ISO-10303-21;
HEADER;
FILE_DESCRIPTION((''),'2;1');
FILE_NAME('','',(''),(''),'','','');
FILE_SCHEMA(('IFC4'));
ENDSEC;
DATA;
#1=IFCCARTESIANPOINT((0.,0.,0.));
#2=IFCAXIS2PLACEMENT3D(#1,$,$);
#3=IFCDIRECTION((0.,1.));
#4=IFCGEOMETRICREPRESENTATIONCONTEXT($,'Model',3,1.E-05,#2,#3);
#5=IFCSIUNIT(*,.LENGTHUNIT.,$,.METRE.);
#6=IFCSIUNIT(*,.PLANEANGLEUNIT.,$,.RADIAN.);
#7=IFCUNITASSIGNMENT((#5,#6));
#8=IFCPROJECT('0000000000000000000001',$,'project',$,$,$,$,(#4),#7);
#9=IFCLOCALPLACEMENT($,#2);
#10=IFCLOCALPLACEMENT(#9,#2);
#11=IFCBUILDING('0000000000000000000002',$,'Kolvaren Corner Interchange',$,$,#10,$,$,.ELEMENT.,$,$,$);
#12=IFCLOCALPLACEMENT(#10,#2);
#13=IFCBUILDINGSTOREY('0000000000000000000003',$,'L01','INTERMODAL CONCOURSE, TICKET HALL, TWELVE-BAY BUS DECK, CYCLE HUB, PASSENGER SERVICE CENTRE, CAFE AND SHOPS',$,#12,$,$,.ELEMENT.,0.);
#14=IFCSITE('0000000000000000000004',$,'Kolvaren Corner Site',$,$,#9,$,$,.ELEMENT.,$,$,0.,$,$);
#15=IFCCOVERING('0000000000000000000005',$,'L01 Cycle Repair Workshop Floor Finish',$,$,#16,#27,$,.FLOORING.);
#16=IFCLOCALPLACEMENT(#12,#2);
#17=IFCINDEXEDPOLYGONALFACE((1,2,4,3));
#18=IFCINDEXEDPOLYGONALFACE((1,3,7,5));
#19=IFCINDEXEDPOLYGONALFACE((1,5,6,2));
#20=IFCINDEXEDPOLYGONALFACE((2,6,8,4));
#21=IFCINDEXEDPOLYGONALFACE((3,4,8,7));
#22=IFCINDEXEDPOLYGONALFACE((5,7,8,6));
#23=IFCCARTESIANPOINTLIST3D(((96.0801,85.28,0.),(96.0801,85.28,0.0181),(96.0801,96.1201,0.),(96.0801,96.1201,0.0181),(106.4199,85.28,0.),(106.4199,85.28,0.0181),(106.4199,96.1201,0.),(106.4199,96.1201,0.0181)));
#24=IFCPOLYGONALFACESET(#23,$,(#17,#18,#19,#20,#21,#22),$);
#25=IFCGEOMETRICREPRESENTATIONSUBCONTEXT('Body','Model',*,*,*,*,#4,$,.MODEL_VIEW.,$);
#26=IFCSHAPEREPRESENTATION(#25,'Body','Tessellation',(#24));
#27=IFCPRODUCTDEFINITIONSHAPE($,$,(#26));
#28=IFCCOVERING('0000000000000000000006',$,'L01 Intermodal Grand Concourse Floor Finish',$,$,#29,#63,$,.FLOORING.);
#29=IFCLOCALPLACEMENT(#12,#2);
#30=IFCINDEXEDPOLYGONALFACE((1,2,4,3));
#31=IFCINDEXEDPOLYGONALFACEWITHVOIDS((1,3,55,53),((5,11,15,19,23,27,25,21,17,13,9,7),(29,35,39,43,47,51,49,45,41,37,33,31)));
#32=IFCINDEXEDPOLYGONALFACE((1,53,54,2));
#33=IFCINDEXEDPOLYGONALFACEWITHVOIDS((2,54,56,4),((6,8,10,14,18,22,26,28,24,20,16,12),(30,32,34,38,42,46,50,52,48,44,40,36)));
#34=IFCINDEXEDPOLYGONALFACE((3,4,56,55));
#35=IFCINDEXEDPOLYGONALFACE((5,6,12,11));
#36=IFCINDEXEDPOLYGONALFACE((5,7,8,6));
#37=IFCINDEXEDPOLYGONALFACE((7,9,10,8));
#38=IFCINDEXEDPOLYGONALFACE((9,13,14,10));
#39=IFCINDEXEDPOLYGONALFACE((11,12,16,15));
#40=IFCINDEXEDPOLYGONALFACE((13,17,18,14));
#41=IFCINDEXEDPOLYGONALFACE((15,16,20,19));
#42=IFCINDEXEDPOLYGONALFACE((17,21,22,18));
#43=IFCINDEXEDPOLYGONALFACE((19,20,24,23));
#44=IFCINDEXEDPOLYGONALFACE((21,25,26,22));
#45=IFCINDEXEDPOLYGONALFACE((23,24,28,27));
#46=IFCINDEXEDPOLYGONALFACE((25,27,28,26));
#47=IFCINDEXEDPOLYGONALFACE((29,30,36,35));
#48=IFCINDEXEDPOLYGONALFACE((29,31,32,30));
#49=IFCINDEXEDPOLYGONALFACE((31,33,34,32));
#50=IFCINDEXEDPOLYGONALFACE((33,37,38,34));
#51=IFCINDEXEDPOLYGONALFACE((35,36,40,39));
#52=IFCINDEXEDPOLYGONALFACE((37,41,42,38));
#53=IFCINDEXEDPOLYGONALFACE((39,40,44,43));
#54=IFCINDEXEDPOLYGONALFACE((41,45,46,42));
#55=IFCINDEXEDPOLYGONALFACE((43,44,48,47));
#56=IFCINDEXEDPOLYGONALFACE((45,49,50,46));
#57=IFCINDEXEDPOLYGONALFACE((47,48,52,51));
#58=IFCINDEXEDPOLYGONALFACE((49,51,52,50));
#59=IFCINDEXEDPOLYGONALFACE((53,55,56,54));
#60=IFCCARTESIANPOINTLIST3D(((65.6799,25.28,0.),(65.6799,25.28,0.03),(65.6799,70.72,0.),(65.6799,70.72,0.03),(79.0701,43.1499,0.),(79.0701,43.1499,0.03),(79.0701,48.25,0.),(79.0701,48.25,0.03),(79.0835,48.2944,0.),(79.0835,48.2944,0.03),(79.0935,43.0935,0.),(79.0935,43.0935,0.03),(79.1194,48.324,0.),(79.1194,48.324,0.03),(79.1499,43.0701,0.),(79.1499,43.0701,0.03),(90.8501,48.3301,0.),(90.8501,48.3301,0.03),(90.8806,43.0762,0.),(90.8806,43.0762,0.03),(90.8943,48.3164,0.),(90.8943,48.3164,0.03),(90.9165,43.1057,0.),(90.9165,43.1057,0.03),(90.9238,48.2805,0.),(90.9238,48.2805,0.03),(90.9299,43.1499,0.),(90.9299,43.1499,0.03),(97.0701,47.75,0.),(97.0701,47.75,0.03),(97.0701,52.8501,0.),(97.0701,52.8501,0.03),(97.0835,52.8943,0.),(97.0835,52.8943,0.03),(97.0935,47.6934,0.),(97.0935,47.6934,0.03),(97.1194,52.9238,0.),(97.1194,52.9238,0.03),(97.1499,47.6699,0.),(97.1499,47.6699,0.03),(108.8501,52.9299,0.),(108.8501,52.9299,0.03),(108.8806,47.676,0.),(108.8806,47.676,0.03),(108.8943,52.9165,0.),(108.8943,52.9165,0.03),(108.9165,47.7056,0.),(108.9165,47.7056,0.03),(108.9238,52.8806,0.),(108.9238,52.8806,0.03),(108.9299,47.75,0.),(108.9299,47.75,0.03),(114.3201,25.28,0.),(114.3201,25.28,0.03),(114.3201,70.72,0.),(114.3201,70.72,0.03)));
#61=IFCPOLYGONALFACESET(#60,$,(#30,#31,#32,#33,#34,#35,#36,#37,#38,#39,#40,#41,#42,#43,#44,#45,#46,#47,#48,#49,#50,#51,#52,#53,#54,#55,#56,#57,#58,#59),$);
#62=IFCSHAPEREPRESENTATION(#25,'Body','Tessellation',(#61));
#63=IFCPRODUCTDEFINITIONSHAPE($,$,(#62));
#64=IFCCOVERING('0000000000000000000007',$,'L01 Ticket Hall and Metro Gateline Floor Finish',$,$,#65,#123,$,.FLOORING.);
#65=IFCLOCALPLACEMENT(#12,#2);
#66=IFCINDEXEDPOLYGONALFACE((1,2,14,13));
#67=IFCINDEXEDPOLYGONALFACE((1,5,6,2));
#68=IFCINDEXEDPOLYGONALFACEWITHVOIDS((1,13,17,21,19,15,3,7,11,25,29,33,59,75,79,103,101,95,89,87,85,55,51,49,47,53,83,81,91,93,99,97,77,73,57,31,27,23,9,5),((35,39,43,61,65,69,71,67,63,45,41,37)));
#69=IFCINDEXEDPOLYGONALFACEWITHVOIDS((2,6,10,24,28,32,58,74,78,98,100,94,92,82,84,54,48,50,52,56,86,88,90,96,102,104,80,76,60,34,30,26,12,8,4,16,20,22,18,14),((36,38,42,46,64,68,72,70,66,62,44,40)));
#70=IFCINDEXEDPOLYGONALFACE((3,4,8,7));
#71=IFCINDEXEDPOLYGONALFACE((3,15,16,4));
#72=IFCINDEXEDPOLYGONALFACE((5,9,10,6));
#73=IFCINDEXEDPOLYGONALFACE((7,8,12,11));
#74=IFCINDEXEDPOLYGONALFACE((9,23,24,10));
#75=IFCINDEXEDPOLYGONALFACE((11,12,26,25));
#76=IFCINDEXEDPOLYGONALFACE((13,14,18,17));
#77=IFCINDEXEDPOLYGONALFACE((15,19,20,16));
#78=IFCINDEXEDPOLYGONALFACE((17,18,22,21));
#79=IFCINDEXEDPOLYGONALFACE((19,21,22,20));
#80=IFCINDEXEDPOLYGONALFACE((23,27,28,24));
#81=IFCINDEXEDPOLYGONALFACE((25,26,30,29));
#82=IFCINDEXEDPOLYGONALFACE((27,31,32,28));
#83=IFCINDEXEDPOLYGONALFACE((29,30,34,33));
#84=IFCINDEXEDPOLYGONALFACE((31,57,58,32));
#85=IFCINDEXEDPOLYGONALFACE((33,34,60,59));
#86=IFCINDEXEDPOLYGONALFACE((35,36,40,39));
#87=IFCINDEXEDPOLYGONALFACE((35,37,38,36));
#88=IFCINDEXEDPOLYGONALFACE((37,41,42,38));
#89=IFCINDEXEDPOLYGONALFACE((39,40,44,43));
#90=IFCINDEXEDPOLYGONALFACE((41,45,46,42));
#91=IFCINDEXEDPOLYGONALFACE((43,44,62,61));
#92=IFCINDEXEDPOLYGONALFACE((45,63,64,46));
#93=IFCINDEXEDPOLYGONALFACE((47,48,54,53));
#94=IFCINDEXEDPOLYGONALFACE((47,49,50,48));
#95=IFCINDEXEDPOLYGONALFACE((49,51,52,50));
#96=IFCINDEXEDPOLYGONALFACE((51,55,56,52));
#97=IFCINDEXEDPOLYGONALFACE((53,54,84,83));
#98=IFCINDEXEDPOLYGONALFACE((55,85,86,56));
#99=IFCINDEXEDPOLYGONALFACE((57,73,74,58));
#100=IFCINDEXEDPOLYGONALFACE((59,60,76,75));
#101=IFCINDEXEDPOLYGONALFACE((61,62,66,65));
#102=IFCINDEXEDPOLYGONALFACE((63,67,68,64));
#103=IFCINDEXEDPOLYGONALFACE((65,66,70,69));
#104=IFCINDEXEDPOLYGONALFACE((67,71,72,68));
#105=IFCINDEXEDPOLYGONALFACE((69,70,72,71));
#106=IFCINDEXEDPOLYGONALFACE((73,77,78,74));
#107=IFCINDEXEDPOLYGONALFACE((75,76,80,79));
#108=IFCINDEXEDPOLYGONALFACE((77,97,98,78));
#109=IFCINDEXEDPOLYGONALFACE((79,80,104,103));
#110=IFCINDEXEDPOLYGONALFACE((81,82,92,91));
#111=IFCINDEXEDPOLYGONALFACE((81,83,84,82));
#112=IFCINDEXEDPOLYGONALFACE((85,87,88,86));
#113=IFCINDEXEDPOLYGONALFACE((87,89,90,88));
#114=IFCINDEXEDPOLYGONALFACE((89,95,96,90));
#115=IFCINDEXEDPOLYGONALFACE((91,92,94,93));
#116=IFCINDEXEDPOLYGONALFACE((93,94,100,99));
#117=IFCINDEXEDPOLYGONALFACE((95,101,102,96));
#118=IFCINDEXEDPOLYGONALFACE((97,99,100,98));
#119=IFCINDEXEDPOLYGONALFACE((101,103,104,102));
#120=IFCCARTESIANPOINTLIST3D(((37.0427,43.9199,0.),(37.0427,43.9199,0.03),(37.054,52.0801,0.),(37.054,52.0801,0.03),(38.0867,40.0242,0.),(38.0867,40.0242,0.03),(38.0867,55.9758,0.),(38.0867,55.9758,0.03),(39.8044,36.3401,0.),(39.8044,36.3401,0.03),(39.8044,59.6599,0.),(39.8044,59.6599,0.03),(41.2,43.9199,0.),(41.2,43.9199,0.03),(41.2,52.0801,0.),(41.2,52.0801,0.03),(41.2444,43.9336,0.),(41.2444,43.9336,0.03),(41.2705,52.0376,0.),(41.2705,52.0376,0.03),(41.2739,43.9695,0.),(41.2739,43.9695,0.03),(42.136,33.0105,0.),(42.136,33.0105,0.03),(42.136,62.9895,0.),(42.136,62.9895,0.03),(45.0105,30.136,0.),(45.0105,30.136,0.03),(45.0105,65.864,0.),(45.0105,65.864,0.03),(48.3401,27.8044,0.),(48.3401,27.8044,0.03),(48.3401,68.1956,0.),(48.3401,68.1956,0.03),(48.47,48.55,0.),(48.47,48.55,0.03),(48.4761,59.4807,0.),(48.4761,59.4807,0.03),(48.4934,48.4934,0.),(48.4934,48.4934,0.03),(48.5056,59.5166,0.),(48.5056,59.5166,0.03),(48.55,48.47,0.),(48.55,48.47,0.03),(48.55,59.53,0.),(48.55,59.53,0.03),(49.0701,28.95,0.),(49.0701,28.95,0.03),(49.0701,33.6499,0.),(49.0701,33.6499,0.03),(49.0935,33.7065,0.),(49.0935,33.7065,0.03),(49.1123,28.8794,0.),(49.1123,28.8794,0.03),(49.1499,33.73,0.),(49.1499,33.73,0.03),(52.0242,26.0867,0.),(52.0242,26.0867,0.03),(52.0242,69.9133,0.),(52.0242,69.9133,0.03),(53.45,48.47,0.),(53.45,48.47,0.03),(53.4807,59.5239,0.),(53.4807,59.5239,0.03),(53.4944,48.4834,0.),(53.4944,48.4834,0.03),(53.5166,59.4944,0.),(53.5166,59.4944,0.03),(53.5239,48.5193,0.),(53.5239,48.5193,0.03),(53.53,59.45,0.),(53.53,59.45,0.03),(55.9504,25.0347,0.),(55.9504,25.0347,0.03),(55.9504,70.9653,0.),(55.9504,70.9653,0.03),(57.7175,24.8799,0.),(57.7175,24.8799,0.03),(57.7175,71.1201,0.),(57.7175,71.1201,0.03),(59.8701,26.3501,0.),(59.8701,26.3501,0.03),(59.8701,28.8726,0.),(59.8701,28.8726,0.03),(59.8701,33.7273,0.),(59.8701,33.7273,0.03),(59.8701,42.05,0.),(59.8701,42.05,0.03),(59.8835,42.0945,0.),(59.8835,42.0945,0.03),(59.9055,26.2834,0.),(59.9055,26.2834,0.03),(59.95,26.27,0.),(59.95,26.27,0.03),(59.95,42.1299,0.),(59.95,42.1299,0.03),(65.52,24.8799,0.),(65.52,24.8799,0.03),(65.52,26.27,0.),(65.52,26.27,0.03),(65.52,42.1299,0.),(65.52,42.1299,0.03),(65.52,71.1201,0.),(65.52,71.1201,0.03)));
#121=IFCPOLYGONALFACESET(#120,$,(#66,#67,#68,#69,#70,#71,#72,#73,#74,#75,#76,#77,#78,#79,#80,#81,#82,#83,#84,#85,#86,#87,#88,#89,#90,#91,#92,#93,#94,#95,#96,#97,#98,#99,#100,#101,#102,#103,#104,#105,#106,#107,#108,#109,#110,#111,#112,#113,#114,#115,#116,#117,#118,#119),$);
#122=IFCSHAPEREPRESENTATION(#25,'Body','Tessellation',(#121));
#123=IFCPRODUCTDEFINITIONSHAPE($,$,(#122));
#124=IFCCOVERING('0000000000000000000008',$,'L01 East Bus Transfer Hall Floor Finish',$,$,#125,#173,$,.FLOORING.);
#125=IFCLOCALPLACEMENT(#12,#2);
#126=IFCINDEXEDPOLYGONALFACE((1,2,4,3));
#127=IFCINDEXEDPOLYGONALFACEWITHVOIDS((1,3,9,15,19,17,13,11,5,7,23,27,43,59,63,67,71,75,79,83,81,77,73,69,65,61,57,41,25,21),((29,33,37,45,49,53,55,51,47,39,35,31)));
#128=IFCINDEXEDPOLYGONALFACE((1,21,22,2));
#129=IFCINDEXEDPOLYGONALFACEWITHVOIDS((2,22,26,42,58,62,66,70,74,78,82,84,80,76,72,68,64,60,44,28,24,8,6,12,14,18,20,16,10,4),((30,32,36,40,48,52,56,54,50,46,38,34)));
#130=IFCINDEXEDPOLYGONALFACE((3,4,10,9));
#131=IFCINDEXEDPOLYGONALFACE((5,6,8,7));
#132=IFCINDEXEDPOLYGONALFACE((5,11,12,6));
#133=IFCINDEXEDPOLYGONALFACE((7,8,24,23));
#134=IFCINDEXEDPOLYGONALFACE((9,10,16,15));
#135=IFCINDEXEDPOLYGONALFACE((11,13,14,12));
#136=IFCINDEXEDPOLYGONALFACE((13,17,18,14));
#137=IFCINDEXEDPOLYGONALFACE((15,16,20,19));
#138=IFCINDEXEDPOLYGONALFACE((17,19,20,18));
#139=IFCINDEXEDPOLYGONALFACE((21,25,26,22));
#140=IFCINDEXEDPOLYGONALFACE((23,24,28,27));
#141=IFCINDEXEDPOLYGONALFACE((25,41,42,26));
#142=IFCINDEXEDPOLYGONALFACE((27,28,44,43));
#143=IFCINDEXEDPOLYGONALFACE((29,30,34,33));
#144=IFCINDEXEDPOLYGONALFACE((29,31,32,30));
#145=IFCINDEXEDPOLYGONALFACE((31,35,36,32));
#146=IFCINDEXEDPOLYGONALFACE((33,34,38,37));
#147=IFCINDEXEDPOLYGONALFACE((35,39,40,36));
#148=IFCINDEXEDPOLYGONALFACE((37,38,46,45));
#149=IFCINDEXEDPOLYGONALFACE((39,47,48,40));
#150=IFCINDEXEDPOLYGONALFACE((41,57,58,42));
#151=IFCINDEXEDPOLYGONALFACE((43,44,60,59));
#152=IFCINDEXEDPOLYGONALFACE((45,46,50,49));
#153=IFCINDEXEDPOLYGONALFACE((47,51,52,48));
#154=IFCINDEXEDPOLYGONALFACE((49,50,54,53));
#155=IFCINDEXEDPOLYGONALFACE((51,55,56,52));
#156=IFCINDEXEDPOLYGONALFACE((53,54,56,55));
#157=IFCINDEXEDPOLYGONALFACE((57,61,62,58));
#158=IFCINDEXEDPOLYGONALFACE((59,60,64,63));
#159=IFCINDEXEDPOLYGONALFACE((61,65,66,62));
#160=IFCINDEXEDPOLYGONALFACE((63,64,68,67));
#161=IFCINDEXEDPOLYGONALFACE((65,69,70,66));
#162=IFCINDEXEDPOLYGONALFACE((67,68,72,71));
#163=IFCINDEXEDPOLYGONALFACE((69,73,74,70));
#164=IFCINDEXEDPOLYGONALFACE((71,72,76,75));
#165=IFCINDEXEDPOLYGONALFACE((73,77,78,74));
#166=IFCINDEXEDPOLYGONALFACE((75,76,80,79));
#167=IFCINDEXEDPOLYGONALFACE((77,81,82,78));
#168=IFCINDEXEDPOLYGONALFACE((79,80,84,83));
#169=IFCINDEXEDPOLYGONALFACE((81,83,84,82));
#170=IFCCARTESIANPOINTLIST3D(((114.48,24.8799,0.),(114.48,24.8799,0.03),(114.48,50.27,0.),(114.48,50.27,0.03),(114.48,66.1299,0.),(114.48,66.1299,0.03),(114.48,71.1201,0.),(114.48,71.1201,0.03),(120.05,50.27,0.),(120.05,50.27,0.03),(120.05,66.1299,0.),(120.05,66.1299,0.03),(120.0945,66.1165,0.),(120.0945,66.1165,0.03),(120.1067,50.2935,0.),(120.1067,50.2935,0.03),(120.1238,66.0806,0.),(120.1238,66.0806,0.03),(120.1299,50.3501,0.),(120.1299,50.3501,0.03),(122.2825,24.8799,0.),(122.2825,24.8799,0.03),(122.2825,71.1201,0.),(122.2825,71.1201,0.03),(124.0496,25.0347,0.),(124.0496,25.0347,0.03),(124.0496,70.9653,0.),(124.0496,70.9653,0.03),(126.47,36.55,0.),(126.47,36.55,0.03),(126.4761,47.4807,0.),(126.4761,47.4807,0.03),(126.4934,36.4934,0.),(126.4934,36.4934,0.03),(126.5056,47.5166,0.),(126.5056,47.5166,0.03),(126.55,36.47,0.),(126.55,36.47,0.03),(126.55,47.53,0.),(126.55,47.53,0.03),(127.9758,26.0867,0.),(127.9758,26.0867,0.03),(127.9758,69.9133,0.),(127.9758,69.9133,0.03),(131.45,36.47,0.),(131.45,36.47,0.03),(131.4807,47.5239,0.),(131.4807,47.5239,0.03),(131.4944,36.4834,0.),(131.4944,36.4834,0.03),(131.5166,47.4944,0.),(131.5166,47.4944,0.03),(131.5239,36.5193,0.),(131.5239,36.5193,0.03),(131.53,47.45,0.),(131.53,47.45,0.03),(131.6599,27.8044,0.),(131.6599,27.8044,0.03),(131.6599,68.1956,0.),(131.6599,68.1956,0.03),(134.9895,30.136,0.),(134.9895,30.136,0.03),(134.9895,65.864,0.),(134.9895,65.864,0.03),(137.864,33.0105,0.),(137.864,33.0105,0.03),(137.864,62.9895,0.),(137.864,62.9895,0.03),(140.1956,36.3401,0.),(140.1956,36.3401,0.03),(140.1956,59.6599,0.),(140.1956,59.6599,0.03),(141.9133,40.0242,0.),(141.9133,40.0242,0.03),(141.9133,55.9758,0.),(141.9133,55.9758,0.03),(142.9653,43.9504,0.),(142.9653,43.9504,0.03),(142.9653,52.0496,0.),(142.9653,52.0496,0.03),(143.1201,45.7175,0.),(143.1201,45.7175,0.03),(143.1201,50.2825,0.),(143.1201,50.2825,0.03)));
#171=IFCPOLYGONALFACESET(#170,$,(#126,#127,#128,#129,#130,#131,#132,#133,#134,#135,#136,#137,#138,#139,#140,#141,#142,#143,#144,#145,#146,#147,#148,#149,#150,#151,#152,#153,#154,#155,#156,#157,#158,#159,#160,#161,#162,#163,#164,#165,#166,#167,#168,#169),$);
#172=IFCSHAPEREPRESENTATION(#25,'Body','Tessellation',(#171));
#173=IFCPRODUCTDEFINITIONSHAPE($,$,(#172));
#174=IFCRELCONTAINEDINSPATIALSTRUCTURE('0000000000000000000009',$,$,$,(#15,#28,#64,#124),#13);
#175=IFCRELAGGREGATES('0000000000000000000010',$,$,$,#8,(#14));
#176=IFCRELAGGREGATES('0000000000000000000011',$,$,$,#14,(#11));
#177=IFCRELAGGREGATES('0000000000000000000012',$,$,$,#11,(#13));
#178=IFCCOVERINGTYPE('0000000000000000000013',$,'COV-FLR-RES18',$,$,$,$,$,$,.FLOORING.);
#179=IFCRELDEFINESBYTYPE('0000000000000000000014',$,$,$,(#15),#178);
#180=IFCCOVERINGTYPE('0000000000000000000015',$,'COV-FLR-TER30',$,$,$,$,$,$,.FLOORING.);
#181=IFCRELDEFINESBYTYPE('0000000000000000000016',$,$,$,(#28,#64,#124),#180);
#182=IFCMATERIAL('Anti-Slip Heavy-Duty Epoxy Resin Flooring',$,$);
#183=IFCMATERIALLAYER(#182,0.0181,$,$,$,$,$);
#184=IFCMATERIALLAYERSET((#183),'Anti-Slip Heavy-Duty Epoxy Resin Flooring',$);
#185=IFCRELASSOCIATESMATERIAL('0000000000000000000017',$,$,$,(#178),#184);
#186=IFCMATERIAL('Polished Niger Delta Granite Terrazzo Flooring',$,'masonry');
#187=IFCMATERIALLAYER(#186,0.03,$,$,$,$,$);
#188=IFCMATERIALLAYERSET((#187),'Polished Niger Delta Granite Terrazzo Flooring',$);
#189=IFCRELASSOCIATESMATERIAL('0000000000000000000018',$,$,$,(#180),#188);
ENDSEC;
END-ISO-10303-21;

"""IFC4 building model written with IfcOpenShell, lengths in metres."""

from ifc_helpers import new_model, si_unit, direction, origin, place, context, subcontext, project, spatial, polyline, outline, extrude, material, layer, layer_set, type_object, element, save


model = new_model("IFC4")

# Units and contexts
model_context = context("Model", 3, precision=1e-05, world=origin(), true_north=direction((0.0, 1.0)))
body_context = subcontext(model_context, "Body", "Model", "MODEL_VIEW")
ifc_project = project(units=[si_unit("LENGTHUNIT", "METRE"), si_unit("PLANEANGLEUNIT", "RADIAN")], contexts=[model_context])

# Site, building, storey
site_placement = place(None, origin())
site = spatial("IfcSite", under=ifc_project, at=site_placement, Name="Kolvaren Corner Site", CompositionType="ELEMENT", RefElevation=0.0)
building_placement = place(site_placement, origin())
building = spatial("IfcBuilding", under=site, at=building_placement, Name="Kolvaren Corner Interchange", CompositionType="ELEMENT")
storey_placement = place(building_placement, origin())
storey = spatial("IfcBuildingStorey", under=building, at=storey_placement, Name="L01", Description="INTERMODAL CONCOURSE, TICKET HALL, TWELVE-BAY BUS DECK, CYCLE HUB, PASSENGER SERVICE CENTRE, CAFE AND SHOPS", CompositionType="ELEMENT", Elevation=0.0)

# Coverings
ifc_material_1 = material(Name="Anti-Slip Heavy-Duty Epoxy Resin Flooring")
ifc_layer_1 = layer(ifc_material_1, 0.0181)
ifc_layer_set_1 = layer_set([ifc_layer_1], Name="Anti-Slip Heavy-Duty Epoxy Resin Flooring")
covering_type_1 = type_object("IfcCoveringType", Name="COV-FLR-RES18", PredefinedType="FLOORING", material=ifc_layer_set_1)
covering_1_placement = place(storey_placement, origin())
element("IfcCovering", 1, at=covering_1_placement, inside=storey, type_object=covering_type_1, Name="L01 Cycle Repair Workshop Floor Finish", PredefinedType="FLOORING", context=body_context, shape_type="SweptSolid", body=[
    extrude(outline(polyline([(96.0801, 85.28), (106.4199, 85.28), (106.4199, 96.1201), (96.0801, 96.1201), (96.0801, 85.28)])), origin(), (0.0, 0.0, 1.0), 0.0181),
])
ifc_material_2 = material(Name="Polished Niger Delta Granite Terrazzo Flooring", Category="masonry")
ifc_layer_2 = layer(ifc_material_2, 0.03)
ifc_layer_set_2 = layer_set([ifc_layer_2], Name="Polished Niger Delta Granite Terrazzo Flooring")
covering_type_2 = type_object("IfcCoveringType", Name="COV-FLR-TER30", PredefinedType="FLOORING", material=ifc_layer_set_2)
covering_2_placement = place(storey_placement, origin())
element("IfcCovering", 2, at=covering_2_placement, inside=storey, type_object=covering_type_2, Name="L01 Intermodal Grand Concourse Floor Finish", PredefinedType="FLOORING", context=body_context, shape_type="SweptSolid", body=[
    extrude(outline(polyline([(65.6799, 25.28), (114.3201, 25.28), (114.3201, 70.72), (65.6799, 70.72), (65.6799, 25.28)]), holes=[polyline([(97.0935, 47.6934), (97.0701, 47.75), (97.0701, 52.8501), (97.0835, 52.8943), (97.1194, 52.9238), (108.8501, 52.9299), (108.8943, 52.9165), (108.9238, 52.8806), (108.9299, 47.75), (108.9165, 47.7056), (108.8806, 47.676), (97.1499, 47.6699), (97.0935, 47.6934)]), polyline([(79.0935, 43.0935), (79.0701, 43.1499), (79.0701, 48.25), (79.0835, 48.2944), (79.1194, 48.324), (90.8501, 48.3301), (90.8943, 48.3164), (90.9238, 48.2805), (90.9299, 43.1499), (90.9165, 43.1057), (90.8806, 43.0762), (79.1499, 43.0701), (79.0935, 43.0935)])]), origin(), (0.0, 0.0, 1.0), 0.03),
])
covering_3_placement = place(storey_placement, origin())
element("IfcCovering", 3, at=covering_3_placement, inside=storey, type_object=covering_type_2, Name="L01 Ticket Hall and Metro Gateline Floor Finish", PredefinedType="FLOORING", context=body_context, shape_type="SweptSolid", body=[
    extrude(outline(polyline([(37.0427, 43.9199), (38.0867, 40.0242), (39.8044, 36.3401), (42.136, 33.0105), (45.0105, 30.136), (48.3401, 27.8044), (52.0242, 26.0867), (55.9504, 25.0347), (57.7175, 24.8799), (65.52, 24.8799), (65.52, 26.27), (59.95, 26.27), (59.9055, 26.2834), (59.8701, 26.3501), (59.8701, 28.8726), (49.1123, 28.8794), (49.0701, 28.95), (49.0701, 33.6499), (49.0935, 33.7065), (49.1499, 33.73), (59.8701, 33.7273), (59.8701, 42.05), (59.8835, 42.0945), (59.95, 42.1299), (65.52, 42.1299), (65.52, 71.1201), (57.7175, 71.1201), (55.9504, 70.9653), (52.0242, 69.9133), (48.3401, 68.1956), (45.0105, 65.864), (42.136, 62.9895), (39.8044, 59.6599), (38.0867, 55.9758), (37.054, 52.0801), (41.2, 52.0801), (41.2705, 52.0376), (41.2739, 43.9695), (41.2444, 43.9336), (41.2, 43.9199), (37.0427, 43.9199)]), holes=[polyline([(48.4934, 48.4934), (48.47, 48.55), (48.4761, 59.4807), (48.5056, 59.5166), (48.55, 59.53), (53.4807, 59.5239), (53.5166, 59.4944), (53.53, 59.45), (53.5239, 48.5193), (53.4944, 48.4834), (53.45, 48.47), (48.55, 48.47), (48.4934, 48.4934)])]), origin(), (0.0, 0.0, 1.0), 0.03),
])
covering_4_placement = place(storey_placement, origin())
element("IfcCovering", 4, at=covering_4_placement, inside=storey, type_object=covering_type_2, Name="L01 East Bus Transfer Hall Floor Finish", PredefinedType="FLOORING", context=body_context, shape_type="SweptSolid", body=[
    extrude(outline(polyline([(114.48, 66.1299), (120.05, 66.1299), (120.0945, 66.1165), (120.1238, 66.0806), (120.1299, 50.3501), (120.1067, 50.2935), (120.05, 50.27), (114.48, 50.27), (114.48, 24.8799), (122.2825, 24.8799), (124.0496, 25.0347), (127.9758, 26.0867), (131.6599, 27.8044), (134.9895, 30.136), (137.864, 33.0105), (140.1956, 36.3401), (141.9133, 40.0242), (142.9653, 43.9504), (143.1201, 45.7175), (143.1201, 50.2825), (142.9653, 52.0496), (141.9133, 55.9758), (140.1956, 59.6599), (137.864, 62.9895), (134.9895, 65.864), (131.6599, 68.1956), (127.9758, 69.9133), (124.0496, 70.9653), (122.2825, 71.1201), (114.48, 71.1201), (114.48, 66.1299)]), holes=[polyline([(126.4934, 36.4934), (126.47, 36.55), (126.4761, 47.4807), (126.5056, 47.5166), (126.55, 47.53), (131.4807, 47.5239), (131.5166, 47.4944), (131.53, 47.45), (131.5239, 36.5193), (131.4944, 36.4834), (131.45, 36.47), (126.55, 36.47), (126.4934, 36.4934)])]), origin(), (0.0, 0.0, 1.0), 0.03),
])

save(model, "model.ifc")
